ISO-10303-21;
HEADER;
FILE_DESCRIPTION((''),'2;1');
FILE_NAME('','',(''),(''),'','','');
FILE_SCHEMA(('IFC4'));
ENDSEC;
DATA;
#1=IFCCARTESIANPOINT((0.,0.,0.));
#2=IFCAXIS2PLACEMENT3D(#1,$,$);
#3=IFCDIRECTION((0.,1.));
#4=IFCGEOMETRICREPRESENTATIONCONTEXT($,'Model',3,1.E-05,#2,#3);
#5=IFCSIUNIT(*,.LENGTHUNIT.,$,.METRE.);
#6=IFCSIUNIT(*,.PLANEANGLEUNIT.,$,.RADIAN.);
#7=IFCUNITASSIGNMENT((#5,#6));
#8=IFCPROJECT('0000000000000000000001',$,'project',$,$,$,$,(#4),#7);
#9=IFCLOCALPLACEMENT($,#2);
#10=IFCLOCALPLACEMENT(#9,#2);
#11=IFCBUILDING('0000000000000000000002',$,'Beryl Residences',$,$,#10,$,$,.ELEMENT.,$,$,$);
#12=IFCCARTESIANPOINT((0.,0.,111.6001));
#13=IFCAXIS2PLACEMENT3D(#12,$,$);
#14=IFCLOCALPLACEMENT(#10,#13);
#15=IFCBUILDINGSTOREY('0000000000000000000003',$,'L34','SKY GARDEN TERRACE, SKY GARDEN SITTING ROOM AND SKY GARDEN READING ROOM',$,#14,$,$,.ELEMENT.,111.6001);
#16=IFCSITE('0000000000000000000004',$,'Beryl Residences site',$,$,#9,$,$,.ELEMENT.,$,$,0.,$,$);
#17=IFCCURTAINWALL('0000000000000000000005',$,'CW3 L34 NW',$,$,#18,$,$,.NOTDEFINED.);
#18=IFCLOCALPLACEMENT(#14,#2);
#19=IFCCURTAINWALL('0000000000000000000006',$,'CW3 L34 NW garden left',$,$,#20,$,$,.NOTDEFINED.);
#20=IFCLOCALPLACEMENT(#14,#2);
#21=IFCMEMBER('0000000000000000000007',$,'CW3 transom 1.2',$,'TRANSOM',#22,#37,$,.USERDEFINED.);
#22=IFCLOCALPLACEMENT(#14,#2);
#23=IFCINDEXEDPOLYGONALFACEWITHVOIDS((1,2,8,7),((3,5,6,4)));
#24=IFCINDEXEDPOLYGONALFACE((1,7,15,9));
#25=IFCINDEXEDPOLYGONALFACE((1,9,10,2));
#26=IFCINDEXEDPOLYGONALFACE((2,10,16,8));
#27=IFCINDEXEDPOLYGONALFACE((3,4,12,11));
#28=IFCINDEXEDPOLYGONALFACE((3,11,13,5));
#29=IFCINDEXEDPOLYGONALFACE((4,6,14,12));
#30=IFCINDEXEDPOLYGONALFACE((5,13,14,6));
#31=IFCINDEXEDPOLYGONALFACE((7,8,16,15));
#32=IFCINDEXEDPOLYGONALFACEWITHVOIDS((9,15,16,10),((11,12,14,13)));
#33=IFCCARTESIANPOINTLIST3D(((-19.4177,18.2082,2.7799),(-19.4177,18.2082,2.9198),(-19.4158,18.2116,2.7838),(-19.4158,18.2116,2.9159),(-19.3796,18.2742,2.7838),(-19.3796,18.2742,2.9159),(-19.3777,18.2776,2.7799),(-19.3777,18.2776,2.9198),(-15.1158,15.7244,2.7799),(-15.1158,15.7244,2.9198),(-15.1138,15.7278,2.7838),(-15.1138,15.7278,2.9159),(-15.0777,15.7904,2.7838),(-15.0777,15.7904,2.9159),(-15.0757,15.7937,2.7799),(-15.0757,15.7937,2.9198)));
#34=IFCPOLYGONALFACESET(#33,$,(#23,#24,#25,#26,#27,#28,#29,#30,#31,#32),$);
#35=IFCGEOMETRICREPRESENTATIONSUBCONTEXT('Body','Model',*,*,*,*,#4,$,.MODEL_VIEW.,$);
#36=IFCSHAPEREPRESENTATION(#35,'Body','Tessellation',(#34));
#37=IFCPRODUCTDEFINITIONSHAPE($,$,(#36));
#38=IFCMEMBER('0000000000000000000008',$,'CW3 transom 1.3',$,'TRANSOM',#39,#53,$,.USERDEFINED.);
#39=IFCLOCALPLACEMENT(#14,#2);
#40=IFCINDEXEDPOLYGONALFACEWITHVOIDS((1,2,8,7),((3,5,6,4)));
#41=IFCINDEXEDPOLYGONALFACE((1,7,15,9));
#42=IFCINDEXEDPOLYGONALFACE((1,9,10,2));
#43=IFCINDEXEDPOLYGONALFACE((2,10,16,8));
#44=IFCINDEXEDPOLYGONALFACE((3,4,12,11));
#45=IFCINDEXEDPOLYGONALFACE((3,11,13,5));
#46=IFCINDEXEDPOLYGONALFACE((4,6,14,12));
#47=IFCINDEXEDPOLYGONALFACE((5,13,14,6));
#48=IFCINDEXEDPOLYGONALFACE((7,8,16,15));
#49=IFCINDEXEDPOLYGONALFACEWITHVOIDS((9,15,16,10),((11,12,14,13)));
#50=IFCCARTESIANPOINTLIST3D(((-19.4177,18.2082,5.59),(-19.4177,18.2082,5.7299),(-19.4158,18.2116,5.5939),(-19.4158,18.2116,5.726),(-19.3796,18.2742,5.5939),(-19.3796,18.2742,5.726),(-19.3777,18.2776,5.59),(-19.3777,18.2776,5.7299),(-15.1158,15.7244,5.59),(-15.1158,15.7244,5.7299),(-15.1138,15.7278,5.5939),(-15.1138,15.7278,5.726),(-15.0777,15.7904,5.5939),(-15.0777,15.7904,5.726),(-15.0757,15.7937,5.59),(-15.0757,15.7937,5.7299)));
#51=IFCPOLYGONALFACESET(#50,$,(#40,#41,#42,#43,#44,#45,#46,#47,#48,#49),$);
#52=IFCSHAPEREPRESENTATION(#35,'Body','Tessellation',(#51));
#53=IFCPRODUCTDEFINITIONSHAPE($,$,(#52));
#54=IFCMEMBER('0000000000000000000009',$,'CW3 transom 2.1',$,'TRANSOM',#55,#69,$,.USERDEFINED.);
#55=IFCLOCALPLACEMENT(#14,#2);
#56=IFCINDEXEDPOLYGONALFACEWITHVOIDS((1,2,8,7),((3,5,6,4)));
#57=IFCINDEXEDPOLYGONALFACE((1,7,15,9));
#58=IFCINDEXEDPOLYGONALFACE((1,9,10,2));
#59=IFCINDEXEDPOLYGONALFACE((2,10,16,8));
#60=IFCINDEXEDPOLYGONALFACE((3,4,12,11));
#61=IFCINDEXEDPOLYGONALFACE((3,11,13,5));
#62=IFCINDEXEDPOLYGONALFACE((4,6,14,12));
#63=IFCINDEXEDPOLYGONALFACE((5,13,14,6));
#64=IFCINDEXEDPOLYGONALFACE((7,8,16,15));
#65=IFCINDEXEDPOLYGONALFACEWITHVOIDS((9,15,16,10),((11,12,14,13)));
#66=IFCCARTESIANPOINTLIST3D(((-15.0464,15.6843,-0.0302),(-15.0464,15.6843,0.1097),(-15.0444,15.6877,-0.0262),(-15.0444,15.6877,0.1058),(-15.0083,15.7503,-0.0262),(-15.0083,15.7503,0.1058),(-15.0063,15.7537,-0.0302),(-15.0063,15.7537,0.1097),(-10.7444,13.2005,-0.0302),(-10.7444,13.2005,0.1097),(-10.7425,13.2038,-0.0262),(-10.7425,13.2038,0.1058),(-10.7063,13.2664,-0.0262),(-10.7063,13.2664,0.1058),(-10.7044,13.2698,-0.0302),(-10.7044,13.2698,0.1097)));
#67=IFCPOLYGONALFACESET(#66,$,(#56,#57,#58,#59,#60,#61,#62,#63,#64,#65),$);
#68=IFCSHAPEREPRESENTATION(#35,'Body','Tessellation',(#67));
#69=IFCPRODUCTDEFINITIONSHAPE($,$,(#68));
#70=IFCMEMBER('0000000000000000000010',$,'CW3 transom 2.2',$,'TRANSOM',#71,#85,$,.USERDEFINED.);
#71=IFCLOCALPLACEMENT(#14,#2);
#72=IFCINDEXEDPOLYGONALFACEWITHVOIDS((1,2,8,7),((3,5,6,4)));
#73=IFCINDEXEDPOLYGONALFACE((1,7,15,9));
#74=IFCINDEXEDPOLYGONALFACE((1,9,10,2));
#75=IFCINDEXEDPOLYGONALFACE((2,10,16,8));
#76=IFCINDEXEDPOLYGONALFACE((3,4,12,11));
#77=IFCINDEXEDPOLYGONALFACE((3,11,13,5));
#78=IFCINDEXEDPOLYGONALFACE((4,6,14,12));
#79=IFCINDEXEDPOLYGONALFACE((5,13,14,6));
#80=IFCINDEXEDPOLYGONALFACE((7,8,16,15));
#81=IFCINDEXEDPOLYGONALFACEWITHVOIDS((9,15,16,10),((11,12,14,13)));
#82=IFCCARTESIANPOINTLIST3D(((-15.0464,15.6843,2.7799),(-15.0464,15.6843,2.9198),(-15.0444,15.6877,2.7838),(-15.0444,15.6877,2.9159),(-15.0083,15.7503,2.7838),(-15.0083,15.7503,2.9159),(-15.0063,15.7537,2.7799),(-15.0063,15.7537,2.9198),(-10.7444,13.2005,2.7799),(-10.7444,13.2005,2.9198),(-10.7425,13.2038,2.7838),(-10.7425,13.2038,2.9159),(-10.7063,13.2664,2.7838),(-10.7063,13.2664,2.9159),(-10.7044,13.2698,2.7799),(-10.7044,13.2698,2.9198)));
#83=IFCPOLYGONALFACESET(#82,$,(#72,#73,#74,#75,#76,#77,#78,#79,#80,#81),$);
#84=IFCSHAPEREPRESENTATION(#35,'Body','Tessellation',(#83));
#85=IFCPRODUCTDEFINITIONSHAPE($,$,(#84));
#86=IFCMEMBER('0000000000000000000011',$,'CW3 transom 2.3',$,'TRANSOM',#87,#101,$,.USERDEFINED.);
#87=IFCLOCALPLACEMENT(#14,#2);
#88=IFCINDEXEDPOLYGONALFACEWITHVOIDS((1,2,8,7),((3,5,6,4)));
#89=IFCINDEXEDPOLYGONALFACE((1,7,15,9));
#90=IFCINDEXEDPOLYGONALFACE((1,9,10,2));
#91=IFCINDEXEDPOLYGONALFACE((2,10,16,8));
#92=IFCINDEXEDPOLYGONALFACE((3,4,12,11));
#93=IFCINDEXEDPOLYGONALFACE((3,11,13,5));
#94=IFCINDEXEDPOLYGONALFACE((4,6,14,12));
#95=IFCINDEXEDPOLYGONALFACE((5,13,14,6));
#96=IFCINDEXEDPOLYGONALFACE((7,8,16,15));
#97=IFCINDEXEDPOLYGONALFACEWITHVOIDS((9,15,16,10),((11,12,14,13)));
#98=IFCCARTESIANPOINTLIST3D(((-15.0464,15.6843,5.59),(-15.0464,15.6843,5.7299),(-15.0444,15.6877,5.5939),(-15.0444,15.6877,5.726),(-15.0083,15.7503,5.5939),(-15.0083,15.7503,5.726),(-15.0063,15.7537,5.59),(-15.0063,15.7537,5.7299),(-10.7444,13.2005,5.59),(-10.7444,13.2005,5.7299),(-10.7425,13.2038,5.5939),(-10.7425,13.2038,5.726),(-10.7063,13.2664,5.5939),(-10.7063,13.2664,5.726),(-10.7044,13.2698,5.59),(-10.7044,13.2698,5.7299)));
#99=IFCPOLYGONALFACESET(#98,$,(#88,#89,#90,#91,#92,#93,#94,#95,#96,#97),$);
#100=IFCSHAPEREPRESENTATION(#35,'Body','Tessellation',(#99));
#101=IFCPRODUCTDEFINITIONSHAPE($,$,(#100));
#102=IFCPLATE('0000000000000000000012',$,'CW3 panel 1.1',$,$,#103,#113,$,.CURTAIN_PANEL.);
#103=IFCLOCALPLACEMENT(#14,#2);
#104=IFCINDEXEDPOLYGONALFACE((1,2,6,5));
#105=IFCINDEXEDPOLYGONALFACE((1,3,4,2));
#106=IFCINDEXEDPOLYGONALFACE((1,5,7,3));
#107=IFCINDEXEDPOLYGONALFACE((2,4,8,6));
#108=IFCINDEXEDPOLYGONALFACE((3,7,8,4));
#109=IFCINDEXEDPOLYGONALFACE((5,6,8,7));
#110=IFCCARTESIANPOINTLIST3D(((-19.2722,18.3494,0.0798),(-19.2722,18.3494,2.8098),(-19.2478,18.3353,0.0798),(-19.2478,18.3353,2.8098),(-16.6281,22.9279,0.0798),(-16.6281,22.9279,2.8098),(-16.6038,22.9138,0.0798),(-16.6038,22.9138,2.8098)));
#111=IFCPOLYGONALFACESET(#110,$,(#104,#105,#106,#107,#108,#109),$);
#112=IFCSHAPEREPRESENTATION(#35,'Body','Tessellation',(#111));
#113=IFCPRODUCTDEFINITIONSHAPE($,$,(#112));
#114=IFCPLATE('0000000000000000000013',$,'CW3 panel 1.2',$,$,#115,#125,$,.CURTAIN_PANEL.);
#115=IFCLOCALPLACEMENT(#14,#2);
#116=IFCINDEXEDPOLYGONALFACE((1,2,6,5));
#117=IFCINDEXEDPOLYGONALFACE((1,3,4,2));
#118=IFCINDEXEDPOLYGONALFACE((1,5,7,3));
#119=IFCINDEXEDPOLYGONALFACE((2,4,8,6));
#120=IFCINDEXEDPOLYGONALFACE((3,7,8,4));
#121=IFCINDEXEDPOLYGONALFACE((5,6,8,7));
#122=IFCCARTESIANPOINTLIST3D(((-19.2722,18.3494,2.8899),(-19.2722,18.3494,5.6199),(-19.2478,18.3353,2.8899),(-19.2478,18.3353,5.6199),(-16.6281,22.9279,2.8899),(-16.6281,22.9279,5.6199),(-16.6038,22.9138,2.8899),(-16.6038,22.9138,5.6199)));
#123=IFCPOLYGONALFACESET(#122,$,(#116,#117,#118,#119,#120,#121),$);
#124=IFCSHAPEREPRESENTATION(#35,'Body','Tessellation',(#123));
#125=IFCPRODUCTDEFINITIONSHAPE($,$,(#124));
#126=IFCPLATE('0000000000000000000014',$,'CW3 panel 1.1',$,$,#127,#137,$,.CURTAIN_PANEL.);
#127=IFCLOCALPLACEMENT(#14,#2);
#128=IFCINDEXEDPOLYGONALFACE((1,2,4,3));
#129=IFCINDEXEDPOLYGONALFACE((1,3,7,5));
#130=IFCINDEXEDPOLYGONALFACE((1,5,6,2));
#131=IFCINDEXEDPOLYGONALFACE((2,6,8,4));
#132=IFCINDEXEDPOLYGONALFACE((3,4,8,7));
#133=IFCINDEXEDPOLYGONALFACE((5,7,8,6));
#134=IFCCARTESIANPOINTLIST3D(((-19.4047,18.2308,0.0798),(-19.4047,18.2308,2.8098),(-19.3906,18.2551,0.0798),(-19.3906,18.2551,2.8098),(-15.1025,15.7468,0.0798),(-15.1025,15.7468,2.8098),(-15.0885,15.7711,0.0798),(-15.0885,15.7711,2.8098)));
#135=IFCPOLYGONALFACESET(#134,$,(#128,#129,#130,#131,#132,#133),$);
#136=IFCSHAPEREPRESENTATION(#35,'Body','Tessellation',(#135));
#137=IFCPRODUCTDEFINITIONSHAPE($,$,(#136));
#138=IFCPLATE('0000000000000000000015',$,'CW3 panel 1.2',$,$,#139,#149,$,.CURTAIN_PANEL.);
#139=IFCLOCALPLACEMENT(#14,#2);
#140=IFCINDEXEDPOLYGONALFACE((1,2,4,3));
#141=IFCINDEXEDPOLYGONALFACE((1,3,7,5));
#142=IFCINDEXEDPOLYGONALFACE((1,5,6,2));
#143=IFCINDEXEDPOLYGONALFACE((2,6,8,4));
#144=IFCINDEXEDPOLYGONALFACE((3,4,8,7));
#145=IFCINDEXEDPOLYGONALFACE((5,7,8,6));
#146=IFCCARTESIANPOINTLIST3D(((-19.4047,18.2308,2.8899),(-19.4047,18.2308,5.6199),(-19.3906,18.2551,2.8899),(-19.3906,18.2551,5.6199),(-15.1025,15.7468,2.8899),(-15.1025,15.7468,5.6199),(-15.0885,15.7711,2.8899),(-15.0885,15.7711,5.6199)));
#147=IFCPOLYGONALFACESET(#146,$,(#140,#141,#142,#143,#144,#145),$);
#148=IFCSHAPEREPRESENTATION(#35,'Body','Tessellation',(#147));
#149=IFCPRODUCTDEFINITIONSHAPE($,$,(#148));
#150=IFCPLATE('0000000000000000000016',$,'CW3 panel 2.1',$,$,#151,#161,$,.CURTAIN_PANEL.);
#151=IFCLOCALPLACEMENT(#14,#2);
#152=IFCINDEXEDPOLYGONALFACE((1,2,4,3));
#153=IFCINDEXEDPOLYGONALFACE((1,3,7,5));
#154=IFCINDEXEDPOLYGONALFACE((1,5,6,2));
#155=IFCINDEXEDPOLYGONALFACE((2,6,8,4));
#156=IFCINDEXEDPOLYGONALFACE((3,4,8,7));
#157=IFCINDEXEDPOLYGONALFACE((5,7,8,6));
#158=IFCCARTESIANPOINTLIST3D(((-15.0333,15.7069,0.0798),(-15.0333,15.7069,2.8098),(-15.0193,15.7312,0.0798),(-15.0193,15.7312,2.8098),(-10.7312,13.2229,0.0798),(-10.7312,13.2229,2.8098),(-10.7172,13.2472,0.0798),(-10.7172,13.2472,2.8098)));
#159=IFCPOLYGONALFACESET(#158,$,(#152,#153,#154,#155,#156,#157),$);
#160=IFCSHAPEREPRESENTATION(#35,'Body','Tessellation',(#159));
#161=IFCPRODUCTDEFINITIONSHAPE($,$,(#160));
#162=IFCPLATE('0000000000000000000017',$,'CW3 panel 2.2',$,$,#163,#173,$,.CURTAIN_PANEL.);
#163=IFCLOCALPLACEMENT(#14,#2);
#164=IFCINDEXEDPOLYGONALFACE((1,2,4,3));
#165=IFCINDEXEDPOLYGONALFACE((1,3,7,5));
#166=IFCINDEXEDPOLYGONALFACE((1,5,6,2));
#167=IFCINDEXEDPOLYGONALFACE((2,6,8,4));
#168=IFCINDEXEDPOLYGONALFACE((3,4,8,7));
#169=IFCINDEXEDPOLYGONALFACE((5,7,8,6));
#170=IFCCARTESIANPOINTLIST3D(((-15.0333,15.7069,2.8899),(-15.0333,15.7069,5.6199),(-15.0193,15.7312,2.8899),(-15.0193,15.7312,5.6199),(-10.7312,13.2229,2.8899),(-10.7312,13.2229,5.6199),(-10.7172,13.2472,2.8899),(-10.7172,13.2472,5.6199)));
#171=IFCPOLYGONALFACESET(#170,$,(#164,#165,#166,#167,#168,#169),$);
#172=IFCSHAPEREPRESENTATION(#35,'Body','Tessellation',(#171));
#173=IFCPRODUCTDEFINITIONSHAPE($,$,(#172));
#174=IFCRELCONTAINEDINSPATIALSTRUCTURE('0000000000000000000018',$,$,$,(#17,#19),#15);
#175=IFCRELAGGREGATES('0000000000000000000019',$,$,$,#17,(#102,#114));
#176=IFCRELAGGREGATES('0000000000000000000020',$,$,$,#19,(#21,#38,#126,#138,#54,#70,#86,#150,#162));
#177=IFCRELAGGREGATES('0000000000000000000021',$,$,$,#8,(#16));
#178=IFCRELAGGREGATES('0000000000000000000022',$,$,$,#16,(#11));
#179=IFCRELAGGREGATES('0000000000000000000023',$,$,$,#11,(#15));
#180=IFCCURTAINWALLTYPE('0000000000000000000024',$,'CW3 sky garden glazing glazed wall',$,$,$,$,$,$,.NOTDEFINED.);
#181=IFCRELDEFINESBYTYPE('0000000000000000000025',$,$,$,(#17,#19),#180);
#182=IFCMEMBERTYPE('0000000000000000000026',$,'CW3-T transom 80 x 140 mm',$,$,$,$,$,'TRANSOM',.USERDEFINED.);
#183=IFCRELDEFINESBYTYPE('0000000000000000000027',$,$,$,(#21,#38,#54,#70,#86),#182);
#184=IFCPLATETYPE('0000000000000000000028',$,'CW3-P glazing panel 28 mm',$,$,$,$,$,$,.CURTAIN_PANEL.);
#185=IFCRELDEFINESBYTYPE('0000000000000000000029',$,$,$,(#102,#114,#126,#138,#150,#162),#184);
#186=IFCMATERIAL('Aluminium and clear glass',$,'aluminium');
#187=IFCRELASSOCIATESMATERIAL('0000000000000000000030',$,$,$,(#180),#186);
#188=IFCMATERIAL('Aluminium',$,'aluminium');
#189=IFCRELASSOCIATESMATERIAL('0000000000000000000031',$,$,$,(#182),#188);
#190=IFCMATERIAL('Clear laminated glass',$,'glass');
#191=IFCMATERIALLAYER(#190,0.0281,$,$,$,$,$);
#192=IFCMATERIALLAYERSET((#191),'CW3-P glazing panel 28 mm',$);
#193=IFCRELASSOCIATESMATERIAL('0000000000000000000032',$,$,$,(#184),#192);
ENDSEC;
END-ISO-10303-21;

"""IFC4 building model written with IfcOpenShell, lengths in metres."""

from ifc_helpers import new_model, si_unit, direction, frame, origin, origin_2d, place, context, subcontext, project, spatial, rectangle, hollow_rectangle, extrude, material, layer, layer_set, material_profile, profile_set, type_object, element, aggregate, save


model = new_model("IFC4")

# Units and contexts
model_context = context("Model", 3, precision=1e-05, world=origin(), true_north=direction((0.0, 1.0)))
body_context = subcontext(model_context, "Body", "Model", "MODEL_VIEW")
ifc_project = project(units=[si_unit("LENGTHUNIT", "METRE"), si_unit("PLANEANGLEUNIT", "RADIAN")], contexts=[model_context])

# Site, building, storey
site_placement = place(None, origin())
site = spatial("IfcSite", under=ifc_project, at=site_placement, Name="Beryl Residences site", CompositionType="ELEMENT", RefElevation=0.0)
building_placement = place(site_placement, origin())
building = spatial("IfcBuilding", under=site, at=building_placement, Name="Beryl Residences", CompositionType="ELEMENT")
storey_placement = place(building_placement, frame((0.0, 0.0, 111.6001)))
storey = spatial("IfcBuildingStorey", under=building, at=storey_placement, Name="L34", Description="SKY GARDEN TERRACE, SKY GARDEN SITTING ROOM AND SKY GARDEN READING ROOM", CompositionType="ELEMENT", Elevation=111.6001)

# Shared definitions
ifc_material_1 = material(Name="Aluminium and clear glass", Category="aluminium")
curtain_wall_type = type_object("IfcCurtainWallType", Name="CW3 sky garden glazing glazed wall", PredefinedType="NOTDEFINED", material=ifc_material_1)

# Curtain walls
curtain_wall_1_placement = place(storey_placement, origin())
curtain_wall_1 = element("IfcCurtainWall", 1, at=curtain_wall_1_placement, inside=storey, type_object=curtain_wall_type, Name="CW3 L34 NW", PredefinedType="NOTDEFINED")
curtain_wall_2_placement = place(storey_placement, origin())
curtain_wall_2 = element("IfcCurtainWall", 2, at=curtain_wall_2_placement, inside=storey, type_object=curtain_wall_type, Name="CW3 L34 NW garden left", PredefinedType="NOTDEFINED")

# Members
ifc_material_2 = material(Name="Aluminium", Category="aluminium")
ifc_material_profile_1 = material_profile(ifc_material_2, hollow_rectangle(XDim=0.0801, YDim=0.1399, WallThickness=0.0039, at=origin_2d()))
ifc_profile_set_1 = profile_set([ifc_material_profile_1], Name="Aluminium")
member_type_1 = type_object("IfcMemberType", Name="CW3-T transom 80 x 140 mm", ElementType="TRANSOM", PredefinedType="USERDEFINED", material=ifc_profile_set_1)
member_1_placement = place(storey_placement, frame((-19.3977, 18.2429, 2.8499), z_axis=(0.866015, -0.500019, 0.0), x_axis=(0.500019, 0.866015, 0.0)))
member_1 = element("IfcMember", 3, at=member_1_placement, type_object=member_type_1, Name="CW3 transom 1.2", ObjectType="TRANSOM", PredefinedType="USERDEFINED", context=body_context, shape_type="SweptSolid", body=[
    extrude(hollow_rectangle(XDim=0.0801, YDim=0.1399, WallThickness=0.0039, at=origin_2d()), origin(), (0.0, 0.0, 1.0), 4.9675),
])
member_2_placement = place(storey_placement, frame((-19.3977, 18.2429, 5.6599), z_axis=(0.866015, -0.500019, 0.0), x_axis=(0.500019, 0.866015, 0.0)))
member_2 = element("IfcMember", 4, at=member_2_placement, type_object=member_type_1, Name="CW3 transom 1.3", ObjectType="TRANSOM", PredefinedType="USERDEFINED", context=body_context, shape_type="SweptSolid", body=[
    extrude(hollow_rectangle(XDim=0.0801, YDim=0.1399, WallThickness=0.0039, at=origin_2d()), origin(), (0.0, 0.0, 1.0), 4.9675),
])
member_3_placement = place(storey_placement, frame((-15.0264, 15.719, 0.0398), z_axis=(0.866015, -0.500019, 0.0), x_axis=(0.500019, 0.866015, 0.0)))
member_3 = element("IfcMember", 5, at=member_3_placement, type_object=member_type_1, Name="CW3 transom 2.1", ObjectType="TRANSOM", PredefinedType="USERDEFINED", context=body_context, shape_type="SweptSolid", body=[
    extrude(hollow_rectangle(XDim=0.0801, YDim=0.1399, WallThickness=0.0039, at=origin_2d()), origin(), (0.0, 0.0, 1.0), 4.9675),
])
member_4_placement = place(storey_placement, frame((-15.0264, 15.719, 2.8499), z_axis=(0.866015, -0.500019, 0.0), x_axis=(0.500019, 0.866015, 0.0)))
member_4 = element("IfcMember", 6, at=member_4_placement, type_object=member_type_1, Name="CW3 transom 2.2", ObjectType="TRANSOM", PredefinedType="USERDEFINED", context=body_context, shape_type="SweptSolid", body=[
    extrude(hollow_rectangle(XDim=0.0801, YDim=0.1399, WallThickness=0.0039, at=origin_2d()), origin(), (0.0, 0.0, 1.0), 4.9675),
])
member_5_placement = place(storey_placement, frame((-15.0264, 15.719, 5.6599), z_axis=(0.866015, -0.500019, 0.0), x_axis=(0.500019, 0.866015, 0.0)))
member_5 = element("IfcMember", 7, at=member_5_placement, type_object=member_type_1, Name="CW3 transom 2.3", ObjectType="TRANSOM", PredefinedType="USERDEFINED", context=body_context, shape_type="SweptSolid", body=[
    extrude(hollow_rectangle(XDim=0.0801, YDim=0.1399, WallThickness=0.0039, at=origin_2d()), origin(), (0.0, 0.0, 1.0), 4.9675),
])

# Plates
ifc_material_3 = material(Name="Clear laminated glass", Category="glass")
ifc_layer_1 = layer(ifc_material_3, 0.0281)
ifc_layer_set_1 = layer_set([ifc_layer_1], Name="CW3-P glazing panel 28 mm")
plate_type = type_object("IfcPlateType", Name="CW3-P glazing panel 28 mm", PredefinedType="CURTAIN_PANEL", material=ifc_layer_set_1)
plate_1_placement = place(storey_placement, frame((-17.938, 20.6316, 0.0798), z_axis=(0.0, 0.0, 1.0), x_axis=(-0.500088, -0.865975, 0.0)))
plate_1 = element("IfcPlate", 8, at=plate_1_placement, type_object=plate_type, Name="CW3 panel 1.1", PredefinedType="CURTAIN_PANEL", context=body_context, shape_type="SweptSolid", body=[
    extrude(rectangle(XDim=5.2871, YDim=0.0281, at=origin_2d()), origin(), (0.0, 0.0, 1.0), 2.73),
])
plate_2_placement = place(storey_placement, frame((-17.938, 20.6316, 2.8899), z_axis=(0.0, 0.0, 1.0), x_axis=(-0.500088, -0.865975, 0.0)))
plate_2 = element("IfcPlate", 9, at=plate_2_placement, type_object=plate_type, Name="CW3 panel 1.2", PredefinedType="CURTAIN_PANEL", context=body_context, shape_type="SweptSolid", body=[
    extrude(rectangle(XDim=5.2871, YDim=0.0281, at=origin_2d()), origin(), (0.0, 0.0, 1.0), 2.73),
])
aggregate(curtain_wall_1, [plate_1, plate_2])
plate_3_placement = place(storey_placement, frame((-17.2466, 17.001, 0.0798), z_axis=(0.0, 0.0, 1.0), x_axis=(0.866009, -0.500029, 0.0)))
plate_3 = element("IfcPlate", 10, at=plate_3_placement, type_object=plate_type, Name="CW3 panel 1.1", PredefinedType="CURTAIN_PANEL", context=body_context, shape_type="SweptSolid", body=[
    extrude(rectangle(XDim=4.9678, YDim=0.0281, at=origin_2d()), origin(), (0.0, 0.0, 1.0), 2.73),
])
plate_4_placement = place(storey_placement, frame((-17.2466, 17.001, 2.8899), z_axis=(0.0, 0.0, 1.0), x_axis=(0.866009, -0.500029, 0.0)))
plate_4 = element("IfcPlate", 11, at=plate_4_placement, type_object=plate_type, Name="CW3 panel 1.2", PredefinedType="CURTAIN_PANEL", context=body_context, shape_type="SweptSolid", body=[
    extrude(rectangle(XDim=4.9678, YDim=0.0281, at=origin_2d()), origin(), (0.0, 0.0, 1.0), 2.73),
])
plate_5_placement = place(storey_placement, frame((-12.8752, 14.4771, 0.0798), z_axis=(0.0, 0.0, 1.0), x_axis=(0.866009, -0.500029, 0.0)))
plate_5 = element("IfcPlate", 12, at=plate_5_placement, type_object=plate_type, Name="CW3 panel 2.1", PredefinedType="CURTAIN_PANEL", context=body_context, shape_type="SweptSolid", body=[
    extrude(rectangle(XDim=4.9678, YDim=0.0281, at=origin_2d()), origin(), (0.0, 0.0, 1.0), 2.73),
])
plate_6_placement = place(storey_placement, frame((-12.8752, 14.4771, 2.8899), z_axis=(0.0, 0.0, 1.0), x_axis=(0.866009, -0.500029, 0.0)))
plate_6 = element("IfcPlate", 13, at=plate_6_placement, type_object=plate_type, Name="CW3 panel 2.2", PredefinedType="CURTAIN_PANEL", context=body_context, shape_type="SweptSolid", body=[
    extrude(rectangle(XDim=4.9678, YDim=0.0281, at=origin_2d()), origin(), (0.0, 0.0, 1.0), 2.73),
])
aggregate(curtain_wall_2, [member_1, member_2, plate_3, plate_4, member_3, member_4, member_5, plate_5, plate_6])

save(model, "model.ifc")
